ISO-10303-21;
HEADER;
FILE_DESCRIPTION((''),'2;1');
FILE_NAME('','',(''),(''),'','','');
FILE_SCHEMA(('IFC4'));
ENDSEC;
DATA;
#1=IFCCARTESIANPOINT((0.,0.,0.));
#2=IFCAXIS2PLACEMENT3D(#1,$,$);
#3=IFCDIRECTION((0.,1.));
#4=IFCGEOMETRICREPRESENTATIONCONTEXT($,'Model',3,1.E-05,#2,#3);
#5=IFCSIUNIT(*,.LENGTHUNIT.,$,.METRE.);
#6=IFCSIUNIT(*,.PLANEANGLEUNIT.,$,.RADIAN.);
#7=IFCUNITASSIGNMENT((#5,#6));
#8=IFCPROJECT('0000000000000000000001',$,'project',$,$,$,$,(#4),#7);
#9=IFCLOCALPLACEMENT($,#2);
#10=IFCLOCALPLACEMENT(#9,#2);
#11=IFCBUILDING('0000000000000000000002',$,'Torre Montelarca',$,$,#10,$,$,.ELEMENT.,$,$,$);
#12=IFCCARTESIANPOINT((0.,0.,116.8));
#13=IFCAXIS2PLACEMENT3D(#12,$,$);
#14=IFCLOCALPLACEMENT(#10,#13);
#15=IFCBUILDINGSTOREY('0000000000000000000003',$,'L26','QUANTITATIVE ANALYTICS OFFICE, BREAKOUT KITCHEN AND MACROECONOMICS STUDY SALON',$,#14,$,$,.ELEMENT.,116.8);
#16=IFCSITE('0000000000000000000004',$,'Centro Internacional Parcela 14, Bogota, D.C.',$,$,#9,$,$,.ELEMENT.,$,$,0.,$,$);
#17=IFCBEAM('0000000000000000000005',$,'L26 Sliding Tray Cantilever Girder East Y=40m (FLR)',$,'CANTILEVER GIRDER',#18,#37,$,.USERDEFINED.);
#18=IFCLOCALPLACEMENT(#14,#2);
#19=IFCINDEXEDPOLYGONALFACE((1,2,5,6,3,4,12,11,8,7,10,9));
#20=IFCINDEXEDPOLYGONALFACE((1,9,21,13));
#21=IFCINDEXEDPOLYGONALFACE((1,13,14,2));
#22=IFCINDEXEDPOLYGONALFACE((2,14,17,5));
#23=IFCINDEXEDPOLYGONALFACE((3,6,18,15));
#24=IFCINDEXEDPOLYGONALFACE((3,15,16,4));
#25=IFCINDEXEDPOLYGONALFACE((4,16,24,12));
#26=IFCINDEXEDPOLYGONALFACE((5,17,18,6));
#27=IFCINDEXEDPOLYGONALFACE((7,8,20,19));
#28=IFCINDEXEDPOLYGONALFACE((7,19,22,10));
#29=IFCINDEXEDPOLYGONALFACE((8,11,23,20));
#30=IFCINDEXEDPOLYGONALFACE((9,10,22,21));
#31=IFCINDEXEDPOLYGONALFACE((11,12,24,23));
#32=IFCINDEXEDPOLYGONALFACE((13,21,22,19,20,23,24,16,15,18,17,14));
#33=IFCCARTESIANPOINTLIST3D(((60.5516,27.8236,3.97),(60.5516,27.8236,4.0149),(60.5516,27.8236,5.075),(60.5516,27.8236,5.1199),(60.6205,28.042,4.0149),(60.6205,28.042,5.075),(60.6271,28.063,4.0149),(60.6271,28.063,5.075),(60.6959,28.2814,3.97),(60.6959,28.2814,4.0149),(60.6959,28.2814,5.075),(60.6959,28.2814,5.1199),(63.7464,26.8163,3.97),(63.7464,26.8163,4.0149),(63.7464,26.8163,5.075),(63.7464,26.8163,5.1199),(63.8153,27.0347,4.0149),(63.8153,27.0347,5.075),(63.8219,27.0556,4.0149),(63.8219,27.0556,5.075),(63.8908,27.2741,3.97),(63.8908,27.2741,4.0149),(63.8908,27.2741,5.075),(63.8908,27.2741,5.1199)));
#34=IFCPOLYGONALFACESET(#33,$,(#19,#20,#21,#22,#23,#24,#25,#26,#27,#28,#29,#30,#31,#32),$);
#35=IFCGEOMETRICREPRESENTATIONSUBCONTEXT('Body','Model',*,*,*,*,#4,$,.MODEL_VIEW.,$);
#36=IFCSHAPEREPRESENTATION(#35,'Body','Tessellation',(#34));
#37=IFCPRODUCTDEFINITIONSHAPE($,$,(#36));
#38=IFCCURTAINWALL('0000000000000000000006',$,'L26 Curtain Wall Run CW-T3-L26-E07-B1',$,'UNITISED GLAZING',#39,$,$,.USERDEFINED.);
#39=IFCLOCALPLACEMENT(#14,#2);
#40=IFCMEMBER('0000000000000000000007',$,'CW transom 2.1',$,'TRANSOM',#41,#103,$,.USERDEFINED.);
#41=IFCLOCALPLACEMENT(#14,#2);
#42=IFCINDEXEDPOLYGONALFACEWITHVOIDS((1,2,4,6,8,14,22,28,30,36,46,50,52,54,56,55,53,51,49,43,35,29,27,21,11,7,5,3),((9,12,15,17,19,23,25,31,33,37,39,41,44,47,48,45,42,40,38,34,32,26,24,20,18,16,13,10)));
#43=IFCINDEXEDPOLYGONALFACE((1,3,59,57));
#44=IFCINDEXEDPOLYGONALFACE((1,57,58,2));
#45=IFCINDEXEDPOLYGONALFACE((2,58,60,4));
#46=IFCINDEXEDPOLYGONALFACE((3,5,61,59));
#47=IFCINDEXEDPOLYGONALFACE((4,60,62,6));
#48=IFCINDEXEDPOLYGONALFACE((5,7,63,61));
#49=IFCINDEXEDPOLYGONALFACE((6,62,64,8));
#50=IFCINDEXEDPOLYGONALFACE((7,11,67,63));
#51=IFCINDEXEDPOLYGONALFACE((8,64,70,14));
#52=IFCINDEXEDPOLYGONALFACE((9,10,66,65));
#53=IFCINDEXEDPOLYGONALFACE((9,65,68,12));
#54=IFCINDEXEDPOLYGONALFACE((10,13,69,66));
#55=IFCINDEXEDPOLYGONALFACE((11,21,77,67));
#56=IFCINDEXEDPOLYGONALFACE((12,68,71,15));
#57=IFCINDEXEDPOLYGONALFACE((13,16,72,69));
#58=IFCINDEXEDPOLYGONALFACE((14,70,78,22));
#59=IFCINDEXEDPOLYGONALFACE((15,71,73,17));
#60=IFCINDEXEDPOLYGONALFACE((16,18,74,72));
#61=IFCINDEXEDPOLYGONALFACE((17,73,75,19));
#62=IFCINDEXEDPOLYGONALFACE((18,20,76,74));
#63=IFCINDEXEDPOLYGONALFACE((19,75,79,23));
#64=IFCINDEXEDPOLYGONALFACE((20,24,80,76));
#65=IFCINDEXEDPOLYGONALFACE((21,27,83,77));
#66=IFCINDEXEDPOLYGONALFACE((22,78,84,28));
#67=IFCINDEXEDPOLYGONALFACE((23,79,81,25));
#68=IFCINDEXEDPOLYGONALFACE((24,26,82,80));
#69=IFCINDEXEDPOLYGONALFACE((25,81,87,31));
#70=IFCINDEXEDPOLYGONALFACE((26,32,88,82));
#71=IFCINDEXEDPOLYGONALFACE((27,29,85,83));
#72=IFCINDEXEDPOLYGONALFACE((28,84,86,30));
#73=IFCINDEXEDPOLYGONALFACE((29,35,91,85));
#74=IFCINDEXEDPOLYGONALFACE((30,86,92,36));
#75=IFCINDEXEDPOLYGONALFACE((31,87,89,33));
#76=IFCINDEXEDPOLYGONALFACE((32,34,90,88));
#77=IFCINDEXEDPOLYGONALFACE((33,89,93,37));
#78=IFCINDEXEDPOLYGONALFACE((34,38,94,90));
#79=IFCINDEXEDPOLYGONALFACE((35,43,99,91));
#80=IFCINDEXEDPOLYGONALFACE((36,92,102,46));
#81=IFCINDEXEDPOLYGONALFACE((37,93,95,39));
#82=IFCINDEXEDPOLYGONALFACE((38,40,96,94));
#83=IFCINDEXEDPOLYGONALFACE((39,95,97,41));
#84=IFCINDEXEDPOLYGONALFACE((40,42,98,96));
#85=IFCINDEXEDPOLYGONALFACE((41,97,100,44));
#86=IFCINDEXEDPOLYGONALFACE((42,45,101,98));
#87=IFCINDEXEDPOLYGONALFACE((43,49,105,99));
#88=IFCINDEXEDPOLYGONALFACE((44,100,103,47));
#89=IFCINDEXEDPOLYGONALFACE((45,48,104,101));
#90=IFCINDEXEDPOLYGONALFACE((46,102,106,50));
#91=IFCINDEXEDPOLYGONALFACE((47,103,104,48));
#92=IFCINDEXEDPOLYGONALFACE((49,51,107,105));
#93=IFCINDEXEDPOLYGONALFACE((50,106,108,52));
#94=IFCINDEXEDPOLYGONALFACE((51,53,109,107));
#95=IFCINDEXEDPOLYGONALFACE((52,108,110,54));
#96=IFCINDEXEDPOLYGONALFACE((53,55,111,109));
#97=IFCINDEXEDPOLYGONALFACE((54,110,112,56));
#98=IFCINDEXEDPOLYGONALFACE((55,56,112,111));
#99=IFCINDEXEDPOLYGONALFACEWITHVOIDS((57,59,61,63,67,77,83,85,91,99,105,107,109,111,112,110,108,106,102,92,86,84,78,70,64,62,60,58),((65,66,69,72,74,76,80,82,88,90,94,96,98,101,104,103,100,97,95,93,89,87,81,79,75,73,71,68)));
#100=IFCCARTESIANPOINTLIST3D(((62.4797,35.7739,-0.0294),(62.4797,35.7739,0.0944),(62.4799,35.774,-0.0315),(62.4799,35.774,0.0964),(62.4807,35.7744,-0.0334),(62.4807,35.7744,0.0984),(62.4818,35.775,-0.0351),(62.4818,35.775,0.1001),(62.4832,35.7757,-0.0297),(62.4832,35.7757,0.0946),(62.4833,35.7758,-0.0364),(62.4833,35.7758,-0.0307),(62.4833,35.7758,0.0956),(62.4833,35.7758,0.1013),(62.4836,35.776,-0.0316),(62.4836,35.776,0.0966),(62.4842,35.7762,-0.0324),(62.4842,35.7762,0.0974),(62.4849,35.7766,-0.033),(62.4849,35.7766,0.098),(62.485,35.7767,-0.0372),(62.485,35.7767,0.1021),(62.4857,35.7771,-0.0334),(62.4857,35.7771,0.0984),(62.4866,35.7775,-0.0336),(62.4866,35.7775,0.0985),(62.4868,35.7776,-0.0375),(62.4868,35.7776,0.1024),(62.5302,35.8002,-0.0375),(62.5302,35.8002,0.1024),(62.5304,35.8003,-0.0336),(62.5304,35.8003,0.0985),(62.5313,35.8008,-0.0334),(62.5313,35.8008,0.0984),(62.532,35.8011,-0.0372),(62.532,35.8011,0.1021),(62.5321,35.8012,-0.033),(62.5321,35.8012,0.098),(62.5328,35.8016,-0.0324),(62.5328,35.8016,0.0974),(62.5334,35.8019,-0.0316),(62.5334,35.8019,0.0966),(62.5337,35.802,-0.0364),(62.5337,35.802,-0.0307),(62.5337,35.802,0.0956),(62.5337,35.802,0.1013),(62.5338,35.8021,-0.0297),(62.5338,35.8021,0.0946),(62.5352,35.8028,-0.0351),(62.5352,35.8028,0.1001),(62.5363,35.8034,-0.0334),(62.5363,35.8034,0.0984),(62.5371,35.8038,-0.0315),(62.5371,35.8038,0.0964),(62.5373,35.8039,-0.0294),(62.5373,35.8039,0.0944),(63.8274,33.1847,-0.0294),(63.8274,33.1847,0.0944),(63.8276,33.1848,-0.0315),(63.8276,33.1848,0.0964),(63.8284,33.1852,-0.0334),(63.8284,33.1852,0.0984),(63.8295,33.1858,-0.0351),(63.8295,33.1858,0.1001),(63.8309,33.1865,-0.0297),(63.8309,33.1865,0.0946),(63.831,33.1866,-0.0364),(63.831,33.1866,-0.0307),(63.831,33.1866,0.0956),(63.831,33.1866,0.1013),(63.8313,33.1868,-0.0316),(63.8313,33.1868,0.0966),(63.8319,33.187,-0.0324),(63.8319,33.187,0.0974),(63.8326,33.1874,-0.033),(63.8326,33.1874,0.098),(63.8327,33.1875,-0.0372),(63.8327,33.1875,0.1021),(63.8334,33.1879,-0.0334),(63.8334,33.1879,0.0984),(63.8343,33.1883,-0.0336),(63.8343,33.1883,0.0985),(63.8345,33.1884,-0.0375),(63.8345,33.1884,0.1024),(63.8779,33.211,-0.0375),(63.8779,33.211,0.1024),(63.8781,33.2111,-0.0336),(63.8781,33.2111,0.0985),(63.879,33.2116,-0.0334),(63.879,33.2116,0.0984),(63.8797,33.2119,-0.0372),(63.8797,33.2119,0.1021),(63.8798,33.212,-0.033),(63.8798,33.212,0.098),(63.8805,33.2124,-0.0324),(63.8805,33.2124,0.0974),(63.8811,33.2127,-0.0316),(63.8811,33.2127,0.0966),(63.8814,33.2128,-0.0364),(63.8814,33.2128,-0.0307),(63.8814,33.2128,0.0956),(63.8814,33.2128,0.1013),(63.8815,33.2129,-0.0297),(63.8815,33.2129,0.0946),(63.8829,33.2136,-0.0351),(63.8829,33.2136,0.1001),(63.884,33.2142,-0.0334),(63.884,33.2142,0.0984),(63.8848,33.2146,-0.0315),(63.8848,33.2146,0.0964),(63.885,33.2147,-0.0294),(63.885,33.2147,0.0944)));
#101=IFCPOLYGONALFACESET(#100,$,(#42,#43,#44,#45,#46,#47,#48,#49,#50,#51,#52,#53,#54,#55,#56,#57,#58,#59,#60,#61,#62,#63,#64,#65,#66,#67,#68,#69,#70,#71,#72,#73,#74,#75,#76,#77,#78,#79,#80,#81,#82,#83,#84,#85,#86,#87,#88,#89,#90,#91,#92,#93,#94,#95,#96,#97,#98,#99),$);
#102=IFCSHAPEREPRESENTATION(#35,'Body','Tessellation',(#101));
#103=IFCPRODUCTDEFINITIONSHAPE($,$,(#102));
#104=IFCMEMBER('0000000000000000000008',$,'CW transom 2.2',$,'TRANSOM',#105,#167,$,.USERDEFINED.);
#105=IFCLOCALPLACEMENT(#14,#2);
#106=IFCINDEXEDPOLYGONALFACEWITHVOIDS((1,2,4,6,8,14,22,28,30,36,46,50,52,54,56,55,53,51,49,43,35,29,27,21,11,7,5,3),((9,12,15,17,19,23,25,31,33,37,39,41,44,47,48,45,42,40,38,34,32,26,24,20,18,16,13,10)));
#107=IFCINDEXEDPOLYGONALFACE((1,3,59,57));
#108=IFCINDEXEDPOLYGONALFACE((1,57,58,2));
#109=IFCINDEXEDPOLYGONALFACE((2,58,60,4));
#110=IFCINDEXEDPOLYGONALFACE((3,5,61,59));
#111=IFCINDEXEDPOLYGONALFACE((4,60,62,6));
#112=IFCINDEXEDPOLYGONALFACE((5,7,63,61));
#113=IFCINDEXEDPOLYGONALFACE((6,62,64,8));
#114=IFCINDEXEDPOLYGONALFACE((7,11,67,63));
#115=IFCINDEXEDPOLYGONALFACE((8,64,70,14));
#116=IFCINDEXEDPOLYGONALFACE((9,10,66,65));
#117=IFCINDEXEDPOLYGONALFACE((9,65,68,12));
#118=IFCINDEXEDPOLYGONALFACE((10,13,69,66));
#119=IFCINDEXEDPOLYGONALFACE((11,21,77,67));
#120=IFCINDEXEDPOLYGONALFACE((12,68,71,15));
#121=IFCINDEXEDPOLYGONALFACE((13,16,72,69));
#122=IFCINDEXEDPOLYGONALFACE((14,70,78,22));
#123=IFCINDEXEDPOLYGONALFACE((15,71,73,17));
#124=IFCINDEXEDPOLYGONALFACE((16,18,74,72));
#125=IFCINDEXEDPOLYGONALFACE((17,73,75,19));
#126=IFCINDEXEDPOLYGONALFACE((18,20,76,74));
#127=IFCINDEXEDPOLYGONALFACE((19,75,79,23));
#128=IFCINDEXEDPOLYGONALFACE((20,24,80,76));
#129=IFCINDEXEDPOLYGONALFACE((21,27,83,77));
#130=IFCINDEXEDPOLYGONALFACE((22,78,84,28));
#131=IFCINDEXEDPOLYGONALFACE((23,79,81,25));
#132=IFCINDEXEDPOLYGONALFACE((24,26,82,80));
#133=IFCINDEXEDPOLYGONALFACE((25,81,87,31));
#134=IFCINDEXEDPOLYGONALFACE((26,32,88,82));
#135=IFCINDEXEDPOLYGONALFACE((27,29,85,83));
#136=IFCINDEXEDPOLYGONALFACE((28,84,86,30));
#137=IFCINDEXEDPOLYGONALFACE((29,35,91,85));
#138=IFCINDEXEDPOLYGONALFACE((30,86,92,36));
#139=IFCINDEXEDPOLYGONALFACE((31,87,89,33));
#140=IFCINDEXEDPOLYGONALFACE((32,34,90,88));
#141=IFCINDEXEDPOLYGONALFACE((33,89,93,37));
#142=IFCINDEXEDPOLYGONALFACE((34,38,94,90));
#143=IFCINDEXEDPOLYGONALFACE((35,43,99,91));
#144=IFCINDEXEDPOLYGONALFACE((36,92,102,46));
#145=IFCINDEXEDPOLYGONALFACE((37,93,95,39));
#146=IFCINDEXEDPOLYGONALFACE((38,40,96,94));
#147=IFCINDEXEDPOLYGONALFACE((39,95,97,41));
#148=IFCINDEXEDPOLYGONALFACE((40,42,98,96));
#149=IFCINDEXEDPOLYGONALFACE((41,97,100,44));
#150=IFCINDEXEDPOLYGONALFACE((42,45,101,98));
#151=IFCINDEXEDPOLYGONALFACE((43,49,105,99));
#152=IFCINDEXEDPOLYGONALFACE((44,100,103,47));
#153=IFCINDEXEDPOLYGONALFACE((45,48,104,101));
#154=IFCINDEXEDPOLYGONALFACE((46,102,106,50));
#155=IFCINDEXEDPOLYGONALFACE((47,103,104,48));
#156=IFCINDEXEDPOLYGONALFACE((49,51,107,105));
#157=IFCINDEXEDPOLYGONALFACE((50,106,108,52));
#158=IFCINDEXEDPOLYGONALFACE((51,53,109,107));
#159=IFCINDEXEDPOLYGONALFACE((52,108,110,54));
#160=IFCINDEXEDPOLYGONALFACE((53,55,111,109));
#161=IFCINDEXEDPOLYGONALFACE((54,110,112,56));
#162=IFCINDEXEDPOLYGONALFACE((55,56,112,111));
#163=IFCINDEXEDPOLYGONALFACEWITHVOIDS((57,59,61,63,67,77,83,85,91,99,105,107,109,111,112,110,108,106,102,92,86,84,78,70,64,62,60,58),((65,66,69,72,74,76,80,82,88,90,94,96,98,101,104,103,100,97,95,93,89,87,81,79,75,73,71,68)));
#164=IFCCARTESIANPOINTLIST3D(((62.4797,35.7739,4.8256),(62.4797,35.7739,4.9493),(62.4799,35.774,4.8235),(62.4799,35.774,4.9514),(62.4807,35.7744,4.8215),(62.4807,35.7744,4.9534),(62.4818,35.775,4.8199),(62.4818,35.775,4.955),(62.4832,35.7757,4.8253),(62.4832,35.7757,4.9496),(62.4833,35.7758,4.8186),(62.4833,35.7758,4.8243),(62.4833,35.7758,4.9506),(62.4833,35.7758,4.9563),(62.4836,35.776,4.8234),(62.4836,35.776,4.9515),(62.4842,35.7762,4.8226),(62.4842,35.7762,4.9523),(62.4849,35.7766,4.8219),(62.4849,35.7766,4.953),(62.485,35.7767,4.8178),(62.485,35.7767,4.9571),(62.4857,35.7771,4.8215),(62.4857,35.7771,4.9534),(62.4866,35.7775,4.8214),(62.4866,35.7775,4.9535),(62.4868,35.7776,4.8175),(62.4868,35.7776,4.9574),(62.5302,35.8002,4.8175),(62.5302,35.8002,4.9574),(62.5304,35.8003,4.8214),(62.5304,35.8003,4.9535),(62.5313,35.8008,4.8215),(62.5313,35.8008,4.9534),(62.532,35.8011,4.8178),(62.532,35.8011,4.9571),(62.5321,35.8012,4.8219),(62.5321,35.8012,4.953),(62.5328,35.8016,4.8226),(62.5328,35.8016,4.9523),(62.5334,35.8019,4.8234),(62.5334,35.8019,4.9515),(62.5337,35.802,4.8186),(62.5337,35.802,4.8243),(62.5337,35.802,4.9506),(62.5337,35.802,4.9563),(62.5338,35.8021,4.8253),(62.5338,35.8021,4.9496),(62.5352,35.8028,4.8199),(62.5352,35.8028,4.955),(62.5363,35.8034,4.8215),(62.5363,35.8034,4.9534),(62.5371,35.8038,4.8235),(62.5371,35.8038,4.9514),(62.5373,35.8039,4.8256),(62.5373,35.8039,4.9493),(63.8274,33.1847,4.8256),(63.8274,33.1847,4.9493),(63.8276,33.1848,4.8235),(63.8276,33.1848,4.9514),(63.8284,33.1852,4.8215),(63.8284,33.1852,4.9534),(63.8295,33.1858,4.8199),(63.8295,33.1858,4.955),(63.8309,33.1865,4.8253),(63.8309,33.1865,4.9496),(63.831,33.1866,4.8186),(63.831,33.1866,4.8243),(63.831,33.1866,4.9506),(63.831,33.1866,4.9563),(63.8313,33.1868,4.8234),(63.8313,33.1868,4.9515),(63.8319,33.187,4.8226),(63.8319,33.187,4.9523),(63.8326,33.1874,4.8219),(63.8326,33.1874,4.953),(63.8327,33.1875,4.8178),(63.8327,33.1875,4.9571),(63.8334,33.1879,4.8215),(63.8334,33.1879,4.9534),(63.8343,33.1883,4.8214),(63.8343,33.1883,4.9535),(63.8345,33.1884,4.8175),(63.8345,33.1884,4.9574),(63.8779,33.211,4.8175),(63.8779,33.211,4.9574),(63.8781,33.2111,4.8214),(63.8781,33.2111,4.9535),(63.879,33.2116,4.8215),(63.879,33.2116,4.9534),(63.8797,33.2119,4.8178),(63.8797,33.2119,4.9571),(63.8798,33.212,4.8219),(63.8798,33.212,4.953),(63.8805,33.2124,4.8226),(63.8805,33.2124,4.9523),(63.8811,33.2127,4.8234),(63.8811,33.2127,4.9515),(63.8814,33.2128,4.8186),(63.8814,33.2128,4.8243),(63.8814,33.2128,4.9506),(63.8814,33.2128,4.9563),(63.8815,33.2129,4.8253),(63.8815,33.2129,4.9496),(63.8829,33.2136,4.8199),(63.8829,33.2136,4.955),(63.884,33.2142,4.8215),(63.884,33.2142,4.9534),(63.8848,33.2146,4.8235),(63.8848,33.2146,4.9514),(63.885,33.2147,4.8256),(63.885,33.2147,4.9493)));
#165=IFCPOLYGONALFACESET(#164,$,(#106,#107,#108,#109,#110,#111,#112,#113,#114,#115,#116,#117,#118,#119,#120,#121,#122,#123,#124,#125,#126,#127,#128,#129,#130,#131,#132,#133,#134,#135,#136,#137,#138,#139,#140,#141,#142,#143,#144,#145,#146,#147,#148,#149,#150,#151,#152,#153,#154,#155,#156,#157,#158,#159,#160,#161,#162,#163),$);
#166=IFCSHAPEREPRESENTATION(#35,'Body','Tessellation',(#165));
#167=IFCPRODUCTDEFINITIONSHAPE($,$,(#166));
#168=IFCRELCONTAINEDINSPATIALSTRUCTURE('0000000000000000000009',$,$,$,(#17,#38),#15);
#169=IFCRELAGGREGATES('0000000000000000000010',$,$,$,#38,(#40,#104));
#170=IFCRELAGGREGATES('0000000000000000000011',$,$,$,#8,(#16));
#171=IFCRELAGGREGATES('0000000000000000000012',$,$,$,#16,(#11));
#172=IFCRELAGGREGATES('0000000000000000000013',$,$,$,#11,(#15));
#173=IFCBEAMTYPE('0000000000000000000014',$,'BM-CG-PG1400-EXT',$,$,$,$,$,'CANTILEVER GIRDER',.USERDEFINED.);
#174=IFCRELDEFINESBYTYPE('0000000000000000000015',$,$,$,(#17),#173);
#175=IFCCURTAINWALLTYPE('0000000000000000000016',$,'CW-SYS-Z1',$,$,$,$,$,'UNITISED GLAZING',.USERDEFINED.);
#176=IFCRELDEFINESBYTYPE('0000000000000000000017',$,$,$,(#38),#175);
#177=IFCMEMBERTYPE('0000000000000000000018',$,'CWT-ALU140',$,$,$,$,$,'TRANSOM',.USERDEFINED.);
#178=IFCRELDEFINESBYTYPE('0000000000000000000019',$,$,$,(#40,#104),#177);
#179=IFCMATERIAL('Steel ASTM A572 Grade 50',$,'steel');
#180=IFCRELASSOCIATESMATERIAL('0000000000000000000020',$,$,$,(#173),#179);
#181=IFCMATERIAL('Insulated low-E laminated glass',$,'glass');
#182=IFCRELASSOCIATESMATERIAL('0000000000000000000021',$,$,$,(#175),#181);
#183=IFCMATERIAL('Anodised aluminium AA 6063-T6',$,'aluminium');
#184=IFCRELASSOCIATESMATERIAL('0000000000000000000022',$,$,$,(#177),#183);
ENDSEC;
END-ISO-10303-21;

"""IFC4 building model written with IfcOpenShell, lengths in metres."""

from ifc_helpers import new_model, si_unit, direction, frame, origin, origin_2d, place, context, subcontext, project, spatial, hollow_rectangle, i_section, extrude, source, transform, mapped, material, material_profile, profile_set, type_object, element, aggregate, save


model = new_model("IFC4")

# Units and contexts
model_context = context("Model", 3, precision=1e-05, world=origin(), true_north=direction((0.0, 1.0)))
body_context = subcontext(model_context, "Body", "Model", "MODEL_VIEW")
ifc_project = project(units=[si_unit("LENGTHUNIT", "METRE"), si_unit("PLANEANGLEUNIT", "RADIAN")], contexts=[model_context])

# Site, building, storey
site_placement = place(None, origin())
site = spatial("IfcSite", under=ifc_project, at=site_placement, Name="Centro Internacional Parcela 14, Bogota, D.C.", CompositionType="ELEMENT", RefElevation=0.0)
building_placement = place(site_placement, origin())
building = spatial("IfcBuilding", under=site, at=building_placement, Name="Torre Montelarca", CompositionType="ELEMENT")
storey_placement = place(building_placement, frame((0.0, 0.0, 116.8)))
storey = spatial("IfcBuildingStorey", under=building, at=storey_placement, Name="L26", Description="QUANTITATIVE ANALYTICS OFFICE, BREAKOUT KITCHEN AND MACROECONOMICS STUDY SALON", CompositionType="ELEMENT", Elevation=116.8)

# Beam
ifc_material_1 = material(Name="Steel ASTM A572 Grade 50", Category="steel")
ifc_material_profile_1 = material_profile(ifc_material_1, i_section(OverallWidth=0.48, OverallDepth=1.1499, WebThickness=0.022, FlangeThickness=0.0449, at=origin_2d()), Name="PG1150X480X22X45", Category="steel")
ifc_profile_set_1 = profile_set([ifc_material_profile_1], Name="Steel ASTM A572 Grade 50")
beam_type_1 = type_object("IfcBeamType", Name="BM-CG-PG1400-EXT", ElementType="CANTILEVER GIRDER", PredefinedType="USERDEFINED", material=ifc_profile_set_1)
shared_shape_1 = source(origin(), body_context, "Body", "SweptSolid", [
    extrude(i_section(OverallWidth=0.48, OverallDepth=1.1499, WebThickness=0.022, FlangeThickness=0.0449, at=origin_2d()), origin(), (0.0, 0.0, 1.0), 3.3499),
])
beam_placement = place(storey_placement, frame((60.6238, 28.0525, 4.5449), z_axis=(0.953717, -0.300706, 0.0), x_axis=(0.300706, 0.953717, 0.0)))
element("IfcBeam", 1, at=beam_placement, inside=storey, type_object=beam_type_1, Name="L26 Sliding Tray Cantilever Girder East Y=40m (FLR)", ObjectType="CANTILEVER GIRDER", PredefinedType="USERDEFINED", context=body_context, shape_type="MappedRepresentation", body=[
    mapped(shared_shape_1, transform((0.0, 0.0, 0.0), scale=1.0)),
])

# Curtain wall, members
ifc_material_2 = material(Name="Insulated low-E laminated glass", Category="glass")
curtain_wall_type = type_object("IfcCurtainWallType", Name="CW-SYS-Z1", ElementType="UNITISED GLAZING", PredefinedType="USERDEFINED", material=ifc_material_2)
curtain_wall_1_placement = place(storey_placement, origin())
curtain_wall_1 = element("IfcCurtainWall", 2, at=curtain_wall_1_placement, inside=storey, type_object=curtain_wall_type, Name="L26 Curtain Wall Run CW-T3-L26-E07-B1", ObjectType="UNITISED GLAZING", PredefinedType="USERDEFINED")
ifc_material_3 = material(Name="Anodised aluminium AA 6063-T6", Category="aluminium")
ifc_material_profile_2 = material_profile(ifc_material_3, hollow_rectangle(XDim=0.0649, YDim=0.1399, WallThickness=0.0039, InnerFilletRadius=0.0039, OuterFilletRadius=0.0081, at=origin_2d()), Name="ALU65X140X4", Category="aluminium")
ifc_profile_set_2 = profile_set([ifc_material_profile_2], Name="Anodised aluminium AA 6063-T6")
member_type_1 = type_object("IfcMemberType", Name="CWT-ALU140", ElementType="TRANSOM", PredefinedType="USERDEFINED", material=ifc_profile_set_2)
shared_shape_2 = source(origin(), body_context, "Body", "SweptSolid", [
    extrude(hollow_rectangle(XDim=0.0649, YDim=0.1399, WallThickness=0.0039, InnerFilletRadius=0.0039, OuterFilletRadius=0.0081, at=origin_2d()), origin(), (0.0, 0.0, 1.0), 2.9189),
])
member_1_placement = place(storey_placement, frame((63.8562, 33.1997, 0.0325), z_axis=(-0.461708, 0.887032, 0.0), x_axis=(-0.887032, -0.461708, 0.0)))
member_1 = element("IfcMember", 3, at=member_1_placement, type_object=member_type_1, Name="CW transom 2.1", ObjectType="TRANSOM", PredefinedType="USERDEFINED", context=body_context, shape_type="MappedRepresentation", body=[
    mapped(shared_shape_2, transform((0.0, 0.0, 0.0), scale=1.0)),
])
member_2_placement = place(storey_placement, frame((63.8562, 33.1997, 4.8875), z_axis=(-0.461708, 0.887032, 0.0), x_axis=(-0.887032, -0.461708, 0.0)))
member_2 = element("IfcMember", 4, at=member_2_placement, type_object=member_type_1, Name="CW transom 2.2", ObjectType="TRANSOM", PredefinedType="USERDEFINED", context=body_context, shape_type="MappedRepresentation", body=[
    mapped(shared_shape_2, transform((0.0, 0.0, 0.0), scale=1.0)),
])

aggregate(curtain_wall_1, [member_1, member_2])

save(model, "model.ifc")
